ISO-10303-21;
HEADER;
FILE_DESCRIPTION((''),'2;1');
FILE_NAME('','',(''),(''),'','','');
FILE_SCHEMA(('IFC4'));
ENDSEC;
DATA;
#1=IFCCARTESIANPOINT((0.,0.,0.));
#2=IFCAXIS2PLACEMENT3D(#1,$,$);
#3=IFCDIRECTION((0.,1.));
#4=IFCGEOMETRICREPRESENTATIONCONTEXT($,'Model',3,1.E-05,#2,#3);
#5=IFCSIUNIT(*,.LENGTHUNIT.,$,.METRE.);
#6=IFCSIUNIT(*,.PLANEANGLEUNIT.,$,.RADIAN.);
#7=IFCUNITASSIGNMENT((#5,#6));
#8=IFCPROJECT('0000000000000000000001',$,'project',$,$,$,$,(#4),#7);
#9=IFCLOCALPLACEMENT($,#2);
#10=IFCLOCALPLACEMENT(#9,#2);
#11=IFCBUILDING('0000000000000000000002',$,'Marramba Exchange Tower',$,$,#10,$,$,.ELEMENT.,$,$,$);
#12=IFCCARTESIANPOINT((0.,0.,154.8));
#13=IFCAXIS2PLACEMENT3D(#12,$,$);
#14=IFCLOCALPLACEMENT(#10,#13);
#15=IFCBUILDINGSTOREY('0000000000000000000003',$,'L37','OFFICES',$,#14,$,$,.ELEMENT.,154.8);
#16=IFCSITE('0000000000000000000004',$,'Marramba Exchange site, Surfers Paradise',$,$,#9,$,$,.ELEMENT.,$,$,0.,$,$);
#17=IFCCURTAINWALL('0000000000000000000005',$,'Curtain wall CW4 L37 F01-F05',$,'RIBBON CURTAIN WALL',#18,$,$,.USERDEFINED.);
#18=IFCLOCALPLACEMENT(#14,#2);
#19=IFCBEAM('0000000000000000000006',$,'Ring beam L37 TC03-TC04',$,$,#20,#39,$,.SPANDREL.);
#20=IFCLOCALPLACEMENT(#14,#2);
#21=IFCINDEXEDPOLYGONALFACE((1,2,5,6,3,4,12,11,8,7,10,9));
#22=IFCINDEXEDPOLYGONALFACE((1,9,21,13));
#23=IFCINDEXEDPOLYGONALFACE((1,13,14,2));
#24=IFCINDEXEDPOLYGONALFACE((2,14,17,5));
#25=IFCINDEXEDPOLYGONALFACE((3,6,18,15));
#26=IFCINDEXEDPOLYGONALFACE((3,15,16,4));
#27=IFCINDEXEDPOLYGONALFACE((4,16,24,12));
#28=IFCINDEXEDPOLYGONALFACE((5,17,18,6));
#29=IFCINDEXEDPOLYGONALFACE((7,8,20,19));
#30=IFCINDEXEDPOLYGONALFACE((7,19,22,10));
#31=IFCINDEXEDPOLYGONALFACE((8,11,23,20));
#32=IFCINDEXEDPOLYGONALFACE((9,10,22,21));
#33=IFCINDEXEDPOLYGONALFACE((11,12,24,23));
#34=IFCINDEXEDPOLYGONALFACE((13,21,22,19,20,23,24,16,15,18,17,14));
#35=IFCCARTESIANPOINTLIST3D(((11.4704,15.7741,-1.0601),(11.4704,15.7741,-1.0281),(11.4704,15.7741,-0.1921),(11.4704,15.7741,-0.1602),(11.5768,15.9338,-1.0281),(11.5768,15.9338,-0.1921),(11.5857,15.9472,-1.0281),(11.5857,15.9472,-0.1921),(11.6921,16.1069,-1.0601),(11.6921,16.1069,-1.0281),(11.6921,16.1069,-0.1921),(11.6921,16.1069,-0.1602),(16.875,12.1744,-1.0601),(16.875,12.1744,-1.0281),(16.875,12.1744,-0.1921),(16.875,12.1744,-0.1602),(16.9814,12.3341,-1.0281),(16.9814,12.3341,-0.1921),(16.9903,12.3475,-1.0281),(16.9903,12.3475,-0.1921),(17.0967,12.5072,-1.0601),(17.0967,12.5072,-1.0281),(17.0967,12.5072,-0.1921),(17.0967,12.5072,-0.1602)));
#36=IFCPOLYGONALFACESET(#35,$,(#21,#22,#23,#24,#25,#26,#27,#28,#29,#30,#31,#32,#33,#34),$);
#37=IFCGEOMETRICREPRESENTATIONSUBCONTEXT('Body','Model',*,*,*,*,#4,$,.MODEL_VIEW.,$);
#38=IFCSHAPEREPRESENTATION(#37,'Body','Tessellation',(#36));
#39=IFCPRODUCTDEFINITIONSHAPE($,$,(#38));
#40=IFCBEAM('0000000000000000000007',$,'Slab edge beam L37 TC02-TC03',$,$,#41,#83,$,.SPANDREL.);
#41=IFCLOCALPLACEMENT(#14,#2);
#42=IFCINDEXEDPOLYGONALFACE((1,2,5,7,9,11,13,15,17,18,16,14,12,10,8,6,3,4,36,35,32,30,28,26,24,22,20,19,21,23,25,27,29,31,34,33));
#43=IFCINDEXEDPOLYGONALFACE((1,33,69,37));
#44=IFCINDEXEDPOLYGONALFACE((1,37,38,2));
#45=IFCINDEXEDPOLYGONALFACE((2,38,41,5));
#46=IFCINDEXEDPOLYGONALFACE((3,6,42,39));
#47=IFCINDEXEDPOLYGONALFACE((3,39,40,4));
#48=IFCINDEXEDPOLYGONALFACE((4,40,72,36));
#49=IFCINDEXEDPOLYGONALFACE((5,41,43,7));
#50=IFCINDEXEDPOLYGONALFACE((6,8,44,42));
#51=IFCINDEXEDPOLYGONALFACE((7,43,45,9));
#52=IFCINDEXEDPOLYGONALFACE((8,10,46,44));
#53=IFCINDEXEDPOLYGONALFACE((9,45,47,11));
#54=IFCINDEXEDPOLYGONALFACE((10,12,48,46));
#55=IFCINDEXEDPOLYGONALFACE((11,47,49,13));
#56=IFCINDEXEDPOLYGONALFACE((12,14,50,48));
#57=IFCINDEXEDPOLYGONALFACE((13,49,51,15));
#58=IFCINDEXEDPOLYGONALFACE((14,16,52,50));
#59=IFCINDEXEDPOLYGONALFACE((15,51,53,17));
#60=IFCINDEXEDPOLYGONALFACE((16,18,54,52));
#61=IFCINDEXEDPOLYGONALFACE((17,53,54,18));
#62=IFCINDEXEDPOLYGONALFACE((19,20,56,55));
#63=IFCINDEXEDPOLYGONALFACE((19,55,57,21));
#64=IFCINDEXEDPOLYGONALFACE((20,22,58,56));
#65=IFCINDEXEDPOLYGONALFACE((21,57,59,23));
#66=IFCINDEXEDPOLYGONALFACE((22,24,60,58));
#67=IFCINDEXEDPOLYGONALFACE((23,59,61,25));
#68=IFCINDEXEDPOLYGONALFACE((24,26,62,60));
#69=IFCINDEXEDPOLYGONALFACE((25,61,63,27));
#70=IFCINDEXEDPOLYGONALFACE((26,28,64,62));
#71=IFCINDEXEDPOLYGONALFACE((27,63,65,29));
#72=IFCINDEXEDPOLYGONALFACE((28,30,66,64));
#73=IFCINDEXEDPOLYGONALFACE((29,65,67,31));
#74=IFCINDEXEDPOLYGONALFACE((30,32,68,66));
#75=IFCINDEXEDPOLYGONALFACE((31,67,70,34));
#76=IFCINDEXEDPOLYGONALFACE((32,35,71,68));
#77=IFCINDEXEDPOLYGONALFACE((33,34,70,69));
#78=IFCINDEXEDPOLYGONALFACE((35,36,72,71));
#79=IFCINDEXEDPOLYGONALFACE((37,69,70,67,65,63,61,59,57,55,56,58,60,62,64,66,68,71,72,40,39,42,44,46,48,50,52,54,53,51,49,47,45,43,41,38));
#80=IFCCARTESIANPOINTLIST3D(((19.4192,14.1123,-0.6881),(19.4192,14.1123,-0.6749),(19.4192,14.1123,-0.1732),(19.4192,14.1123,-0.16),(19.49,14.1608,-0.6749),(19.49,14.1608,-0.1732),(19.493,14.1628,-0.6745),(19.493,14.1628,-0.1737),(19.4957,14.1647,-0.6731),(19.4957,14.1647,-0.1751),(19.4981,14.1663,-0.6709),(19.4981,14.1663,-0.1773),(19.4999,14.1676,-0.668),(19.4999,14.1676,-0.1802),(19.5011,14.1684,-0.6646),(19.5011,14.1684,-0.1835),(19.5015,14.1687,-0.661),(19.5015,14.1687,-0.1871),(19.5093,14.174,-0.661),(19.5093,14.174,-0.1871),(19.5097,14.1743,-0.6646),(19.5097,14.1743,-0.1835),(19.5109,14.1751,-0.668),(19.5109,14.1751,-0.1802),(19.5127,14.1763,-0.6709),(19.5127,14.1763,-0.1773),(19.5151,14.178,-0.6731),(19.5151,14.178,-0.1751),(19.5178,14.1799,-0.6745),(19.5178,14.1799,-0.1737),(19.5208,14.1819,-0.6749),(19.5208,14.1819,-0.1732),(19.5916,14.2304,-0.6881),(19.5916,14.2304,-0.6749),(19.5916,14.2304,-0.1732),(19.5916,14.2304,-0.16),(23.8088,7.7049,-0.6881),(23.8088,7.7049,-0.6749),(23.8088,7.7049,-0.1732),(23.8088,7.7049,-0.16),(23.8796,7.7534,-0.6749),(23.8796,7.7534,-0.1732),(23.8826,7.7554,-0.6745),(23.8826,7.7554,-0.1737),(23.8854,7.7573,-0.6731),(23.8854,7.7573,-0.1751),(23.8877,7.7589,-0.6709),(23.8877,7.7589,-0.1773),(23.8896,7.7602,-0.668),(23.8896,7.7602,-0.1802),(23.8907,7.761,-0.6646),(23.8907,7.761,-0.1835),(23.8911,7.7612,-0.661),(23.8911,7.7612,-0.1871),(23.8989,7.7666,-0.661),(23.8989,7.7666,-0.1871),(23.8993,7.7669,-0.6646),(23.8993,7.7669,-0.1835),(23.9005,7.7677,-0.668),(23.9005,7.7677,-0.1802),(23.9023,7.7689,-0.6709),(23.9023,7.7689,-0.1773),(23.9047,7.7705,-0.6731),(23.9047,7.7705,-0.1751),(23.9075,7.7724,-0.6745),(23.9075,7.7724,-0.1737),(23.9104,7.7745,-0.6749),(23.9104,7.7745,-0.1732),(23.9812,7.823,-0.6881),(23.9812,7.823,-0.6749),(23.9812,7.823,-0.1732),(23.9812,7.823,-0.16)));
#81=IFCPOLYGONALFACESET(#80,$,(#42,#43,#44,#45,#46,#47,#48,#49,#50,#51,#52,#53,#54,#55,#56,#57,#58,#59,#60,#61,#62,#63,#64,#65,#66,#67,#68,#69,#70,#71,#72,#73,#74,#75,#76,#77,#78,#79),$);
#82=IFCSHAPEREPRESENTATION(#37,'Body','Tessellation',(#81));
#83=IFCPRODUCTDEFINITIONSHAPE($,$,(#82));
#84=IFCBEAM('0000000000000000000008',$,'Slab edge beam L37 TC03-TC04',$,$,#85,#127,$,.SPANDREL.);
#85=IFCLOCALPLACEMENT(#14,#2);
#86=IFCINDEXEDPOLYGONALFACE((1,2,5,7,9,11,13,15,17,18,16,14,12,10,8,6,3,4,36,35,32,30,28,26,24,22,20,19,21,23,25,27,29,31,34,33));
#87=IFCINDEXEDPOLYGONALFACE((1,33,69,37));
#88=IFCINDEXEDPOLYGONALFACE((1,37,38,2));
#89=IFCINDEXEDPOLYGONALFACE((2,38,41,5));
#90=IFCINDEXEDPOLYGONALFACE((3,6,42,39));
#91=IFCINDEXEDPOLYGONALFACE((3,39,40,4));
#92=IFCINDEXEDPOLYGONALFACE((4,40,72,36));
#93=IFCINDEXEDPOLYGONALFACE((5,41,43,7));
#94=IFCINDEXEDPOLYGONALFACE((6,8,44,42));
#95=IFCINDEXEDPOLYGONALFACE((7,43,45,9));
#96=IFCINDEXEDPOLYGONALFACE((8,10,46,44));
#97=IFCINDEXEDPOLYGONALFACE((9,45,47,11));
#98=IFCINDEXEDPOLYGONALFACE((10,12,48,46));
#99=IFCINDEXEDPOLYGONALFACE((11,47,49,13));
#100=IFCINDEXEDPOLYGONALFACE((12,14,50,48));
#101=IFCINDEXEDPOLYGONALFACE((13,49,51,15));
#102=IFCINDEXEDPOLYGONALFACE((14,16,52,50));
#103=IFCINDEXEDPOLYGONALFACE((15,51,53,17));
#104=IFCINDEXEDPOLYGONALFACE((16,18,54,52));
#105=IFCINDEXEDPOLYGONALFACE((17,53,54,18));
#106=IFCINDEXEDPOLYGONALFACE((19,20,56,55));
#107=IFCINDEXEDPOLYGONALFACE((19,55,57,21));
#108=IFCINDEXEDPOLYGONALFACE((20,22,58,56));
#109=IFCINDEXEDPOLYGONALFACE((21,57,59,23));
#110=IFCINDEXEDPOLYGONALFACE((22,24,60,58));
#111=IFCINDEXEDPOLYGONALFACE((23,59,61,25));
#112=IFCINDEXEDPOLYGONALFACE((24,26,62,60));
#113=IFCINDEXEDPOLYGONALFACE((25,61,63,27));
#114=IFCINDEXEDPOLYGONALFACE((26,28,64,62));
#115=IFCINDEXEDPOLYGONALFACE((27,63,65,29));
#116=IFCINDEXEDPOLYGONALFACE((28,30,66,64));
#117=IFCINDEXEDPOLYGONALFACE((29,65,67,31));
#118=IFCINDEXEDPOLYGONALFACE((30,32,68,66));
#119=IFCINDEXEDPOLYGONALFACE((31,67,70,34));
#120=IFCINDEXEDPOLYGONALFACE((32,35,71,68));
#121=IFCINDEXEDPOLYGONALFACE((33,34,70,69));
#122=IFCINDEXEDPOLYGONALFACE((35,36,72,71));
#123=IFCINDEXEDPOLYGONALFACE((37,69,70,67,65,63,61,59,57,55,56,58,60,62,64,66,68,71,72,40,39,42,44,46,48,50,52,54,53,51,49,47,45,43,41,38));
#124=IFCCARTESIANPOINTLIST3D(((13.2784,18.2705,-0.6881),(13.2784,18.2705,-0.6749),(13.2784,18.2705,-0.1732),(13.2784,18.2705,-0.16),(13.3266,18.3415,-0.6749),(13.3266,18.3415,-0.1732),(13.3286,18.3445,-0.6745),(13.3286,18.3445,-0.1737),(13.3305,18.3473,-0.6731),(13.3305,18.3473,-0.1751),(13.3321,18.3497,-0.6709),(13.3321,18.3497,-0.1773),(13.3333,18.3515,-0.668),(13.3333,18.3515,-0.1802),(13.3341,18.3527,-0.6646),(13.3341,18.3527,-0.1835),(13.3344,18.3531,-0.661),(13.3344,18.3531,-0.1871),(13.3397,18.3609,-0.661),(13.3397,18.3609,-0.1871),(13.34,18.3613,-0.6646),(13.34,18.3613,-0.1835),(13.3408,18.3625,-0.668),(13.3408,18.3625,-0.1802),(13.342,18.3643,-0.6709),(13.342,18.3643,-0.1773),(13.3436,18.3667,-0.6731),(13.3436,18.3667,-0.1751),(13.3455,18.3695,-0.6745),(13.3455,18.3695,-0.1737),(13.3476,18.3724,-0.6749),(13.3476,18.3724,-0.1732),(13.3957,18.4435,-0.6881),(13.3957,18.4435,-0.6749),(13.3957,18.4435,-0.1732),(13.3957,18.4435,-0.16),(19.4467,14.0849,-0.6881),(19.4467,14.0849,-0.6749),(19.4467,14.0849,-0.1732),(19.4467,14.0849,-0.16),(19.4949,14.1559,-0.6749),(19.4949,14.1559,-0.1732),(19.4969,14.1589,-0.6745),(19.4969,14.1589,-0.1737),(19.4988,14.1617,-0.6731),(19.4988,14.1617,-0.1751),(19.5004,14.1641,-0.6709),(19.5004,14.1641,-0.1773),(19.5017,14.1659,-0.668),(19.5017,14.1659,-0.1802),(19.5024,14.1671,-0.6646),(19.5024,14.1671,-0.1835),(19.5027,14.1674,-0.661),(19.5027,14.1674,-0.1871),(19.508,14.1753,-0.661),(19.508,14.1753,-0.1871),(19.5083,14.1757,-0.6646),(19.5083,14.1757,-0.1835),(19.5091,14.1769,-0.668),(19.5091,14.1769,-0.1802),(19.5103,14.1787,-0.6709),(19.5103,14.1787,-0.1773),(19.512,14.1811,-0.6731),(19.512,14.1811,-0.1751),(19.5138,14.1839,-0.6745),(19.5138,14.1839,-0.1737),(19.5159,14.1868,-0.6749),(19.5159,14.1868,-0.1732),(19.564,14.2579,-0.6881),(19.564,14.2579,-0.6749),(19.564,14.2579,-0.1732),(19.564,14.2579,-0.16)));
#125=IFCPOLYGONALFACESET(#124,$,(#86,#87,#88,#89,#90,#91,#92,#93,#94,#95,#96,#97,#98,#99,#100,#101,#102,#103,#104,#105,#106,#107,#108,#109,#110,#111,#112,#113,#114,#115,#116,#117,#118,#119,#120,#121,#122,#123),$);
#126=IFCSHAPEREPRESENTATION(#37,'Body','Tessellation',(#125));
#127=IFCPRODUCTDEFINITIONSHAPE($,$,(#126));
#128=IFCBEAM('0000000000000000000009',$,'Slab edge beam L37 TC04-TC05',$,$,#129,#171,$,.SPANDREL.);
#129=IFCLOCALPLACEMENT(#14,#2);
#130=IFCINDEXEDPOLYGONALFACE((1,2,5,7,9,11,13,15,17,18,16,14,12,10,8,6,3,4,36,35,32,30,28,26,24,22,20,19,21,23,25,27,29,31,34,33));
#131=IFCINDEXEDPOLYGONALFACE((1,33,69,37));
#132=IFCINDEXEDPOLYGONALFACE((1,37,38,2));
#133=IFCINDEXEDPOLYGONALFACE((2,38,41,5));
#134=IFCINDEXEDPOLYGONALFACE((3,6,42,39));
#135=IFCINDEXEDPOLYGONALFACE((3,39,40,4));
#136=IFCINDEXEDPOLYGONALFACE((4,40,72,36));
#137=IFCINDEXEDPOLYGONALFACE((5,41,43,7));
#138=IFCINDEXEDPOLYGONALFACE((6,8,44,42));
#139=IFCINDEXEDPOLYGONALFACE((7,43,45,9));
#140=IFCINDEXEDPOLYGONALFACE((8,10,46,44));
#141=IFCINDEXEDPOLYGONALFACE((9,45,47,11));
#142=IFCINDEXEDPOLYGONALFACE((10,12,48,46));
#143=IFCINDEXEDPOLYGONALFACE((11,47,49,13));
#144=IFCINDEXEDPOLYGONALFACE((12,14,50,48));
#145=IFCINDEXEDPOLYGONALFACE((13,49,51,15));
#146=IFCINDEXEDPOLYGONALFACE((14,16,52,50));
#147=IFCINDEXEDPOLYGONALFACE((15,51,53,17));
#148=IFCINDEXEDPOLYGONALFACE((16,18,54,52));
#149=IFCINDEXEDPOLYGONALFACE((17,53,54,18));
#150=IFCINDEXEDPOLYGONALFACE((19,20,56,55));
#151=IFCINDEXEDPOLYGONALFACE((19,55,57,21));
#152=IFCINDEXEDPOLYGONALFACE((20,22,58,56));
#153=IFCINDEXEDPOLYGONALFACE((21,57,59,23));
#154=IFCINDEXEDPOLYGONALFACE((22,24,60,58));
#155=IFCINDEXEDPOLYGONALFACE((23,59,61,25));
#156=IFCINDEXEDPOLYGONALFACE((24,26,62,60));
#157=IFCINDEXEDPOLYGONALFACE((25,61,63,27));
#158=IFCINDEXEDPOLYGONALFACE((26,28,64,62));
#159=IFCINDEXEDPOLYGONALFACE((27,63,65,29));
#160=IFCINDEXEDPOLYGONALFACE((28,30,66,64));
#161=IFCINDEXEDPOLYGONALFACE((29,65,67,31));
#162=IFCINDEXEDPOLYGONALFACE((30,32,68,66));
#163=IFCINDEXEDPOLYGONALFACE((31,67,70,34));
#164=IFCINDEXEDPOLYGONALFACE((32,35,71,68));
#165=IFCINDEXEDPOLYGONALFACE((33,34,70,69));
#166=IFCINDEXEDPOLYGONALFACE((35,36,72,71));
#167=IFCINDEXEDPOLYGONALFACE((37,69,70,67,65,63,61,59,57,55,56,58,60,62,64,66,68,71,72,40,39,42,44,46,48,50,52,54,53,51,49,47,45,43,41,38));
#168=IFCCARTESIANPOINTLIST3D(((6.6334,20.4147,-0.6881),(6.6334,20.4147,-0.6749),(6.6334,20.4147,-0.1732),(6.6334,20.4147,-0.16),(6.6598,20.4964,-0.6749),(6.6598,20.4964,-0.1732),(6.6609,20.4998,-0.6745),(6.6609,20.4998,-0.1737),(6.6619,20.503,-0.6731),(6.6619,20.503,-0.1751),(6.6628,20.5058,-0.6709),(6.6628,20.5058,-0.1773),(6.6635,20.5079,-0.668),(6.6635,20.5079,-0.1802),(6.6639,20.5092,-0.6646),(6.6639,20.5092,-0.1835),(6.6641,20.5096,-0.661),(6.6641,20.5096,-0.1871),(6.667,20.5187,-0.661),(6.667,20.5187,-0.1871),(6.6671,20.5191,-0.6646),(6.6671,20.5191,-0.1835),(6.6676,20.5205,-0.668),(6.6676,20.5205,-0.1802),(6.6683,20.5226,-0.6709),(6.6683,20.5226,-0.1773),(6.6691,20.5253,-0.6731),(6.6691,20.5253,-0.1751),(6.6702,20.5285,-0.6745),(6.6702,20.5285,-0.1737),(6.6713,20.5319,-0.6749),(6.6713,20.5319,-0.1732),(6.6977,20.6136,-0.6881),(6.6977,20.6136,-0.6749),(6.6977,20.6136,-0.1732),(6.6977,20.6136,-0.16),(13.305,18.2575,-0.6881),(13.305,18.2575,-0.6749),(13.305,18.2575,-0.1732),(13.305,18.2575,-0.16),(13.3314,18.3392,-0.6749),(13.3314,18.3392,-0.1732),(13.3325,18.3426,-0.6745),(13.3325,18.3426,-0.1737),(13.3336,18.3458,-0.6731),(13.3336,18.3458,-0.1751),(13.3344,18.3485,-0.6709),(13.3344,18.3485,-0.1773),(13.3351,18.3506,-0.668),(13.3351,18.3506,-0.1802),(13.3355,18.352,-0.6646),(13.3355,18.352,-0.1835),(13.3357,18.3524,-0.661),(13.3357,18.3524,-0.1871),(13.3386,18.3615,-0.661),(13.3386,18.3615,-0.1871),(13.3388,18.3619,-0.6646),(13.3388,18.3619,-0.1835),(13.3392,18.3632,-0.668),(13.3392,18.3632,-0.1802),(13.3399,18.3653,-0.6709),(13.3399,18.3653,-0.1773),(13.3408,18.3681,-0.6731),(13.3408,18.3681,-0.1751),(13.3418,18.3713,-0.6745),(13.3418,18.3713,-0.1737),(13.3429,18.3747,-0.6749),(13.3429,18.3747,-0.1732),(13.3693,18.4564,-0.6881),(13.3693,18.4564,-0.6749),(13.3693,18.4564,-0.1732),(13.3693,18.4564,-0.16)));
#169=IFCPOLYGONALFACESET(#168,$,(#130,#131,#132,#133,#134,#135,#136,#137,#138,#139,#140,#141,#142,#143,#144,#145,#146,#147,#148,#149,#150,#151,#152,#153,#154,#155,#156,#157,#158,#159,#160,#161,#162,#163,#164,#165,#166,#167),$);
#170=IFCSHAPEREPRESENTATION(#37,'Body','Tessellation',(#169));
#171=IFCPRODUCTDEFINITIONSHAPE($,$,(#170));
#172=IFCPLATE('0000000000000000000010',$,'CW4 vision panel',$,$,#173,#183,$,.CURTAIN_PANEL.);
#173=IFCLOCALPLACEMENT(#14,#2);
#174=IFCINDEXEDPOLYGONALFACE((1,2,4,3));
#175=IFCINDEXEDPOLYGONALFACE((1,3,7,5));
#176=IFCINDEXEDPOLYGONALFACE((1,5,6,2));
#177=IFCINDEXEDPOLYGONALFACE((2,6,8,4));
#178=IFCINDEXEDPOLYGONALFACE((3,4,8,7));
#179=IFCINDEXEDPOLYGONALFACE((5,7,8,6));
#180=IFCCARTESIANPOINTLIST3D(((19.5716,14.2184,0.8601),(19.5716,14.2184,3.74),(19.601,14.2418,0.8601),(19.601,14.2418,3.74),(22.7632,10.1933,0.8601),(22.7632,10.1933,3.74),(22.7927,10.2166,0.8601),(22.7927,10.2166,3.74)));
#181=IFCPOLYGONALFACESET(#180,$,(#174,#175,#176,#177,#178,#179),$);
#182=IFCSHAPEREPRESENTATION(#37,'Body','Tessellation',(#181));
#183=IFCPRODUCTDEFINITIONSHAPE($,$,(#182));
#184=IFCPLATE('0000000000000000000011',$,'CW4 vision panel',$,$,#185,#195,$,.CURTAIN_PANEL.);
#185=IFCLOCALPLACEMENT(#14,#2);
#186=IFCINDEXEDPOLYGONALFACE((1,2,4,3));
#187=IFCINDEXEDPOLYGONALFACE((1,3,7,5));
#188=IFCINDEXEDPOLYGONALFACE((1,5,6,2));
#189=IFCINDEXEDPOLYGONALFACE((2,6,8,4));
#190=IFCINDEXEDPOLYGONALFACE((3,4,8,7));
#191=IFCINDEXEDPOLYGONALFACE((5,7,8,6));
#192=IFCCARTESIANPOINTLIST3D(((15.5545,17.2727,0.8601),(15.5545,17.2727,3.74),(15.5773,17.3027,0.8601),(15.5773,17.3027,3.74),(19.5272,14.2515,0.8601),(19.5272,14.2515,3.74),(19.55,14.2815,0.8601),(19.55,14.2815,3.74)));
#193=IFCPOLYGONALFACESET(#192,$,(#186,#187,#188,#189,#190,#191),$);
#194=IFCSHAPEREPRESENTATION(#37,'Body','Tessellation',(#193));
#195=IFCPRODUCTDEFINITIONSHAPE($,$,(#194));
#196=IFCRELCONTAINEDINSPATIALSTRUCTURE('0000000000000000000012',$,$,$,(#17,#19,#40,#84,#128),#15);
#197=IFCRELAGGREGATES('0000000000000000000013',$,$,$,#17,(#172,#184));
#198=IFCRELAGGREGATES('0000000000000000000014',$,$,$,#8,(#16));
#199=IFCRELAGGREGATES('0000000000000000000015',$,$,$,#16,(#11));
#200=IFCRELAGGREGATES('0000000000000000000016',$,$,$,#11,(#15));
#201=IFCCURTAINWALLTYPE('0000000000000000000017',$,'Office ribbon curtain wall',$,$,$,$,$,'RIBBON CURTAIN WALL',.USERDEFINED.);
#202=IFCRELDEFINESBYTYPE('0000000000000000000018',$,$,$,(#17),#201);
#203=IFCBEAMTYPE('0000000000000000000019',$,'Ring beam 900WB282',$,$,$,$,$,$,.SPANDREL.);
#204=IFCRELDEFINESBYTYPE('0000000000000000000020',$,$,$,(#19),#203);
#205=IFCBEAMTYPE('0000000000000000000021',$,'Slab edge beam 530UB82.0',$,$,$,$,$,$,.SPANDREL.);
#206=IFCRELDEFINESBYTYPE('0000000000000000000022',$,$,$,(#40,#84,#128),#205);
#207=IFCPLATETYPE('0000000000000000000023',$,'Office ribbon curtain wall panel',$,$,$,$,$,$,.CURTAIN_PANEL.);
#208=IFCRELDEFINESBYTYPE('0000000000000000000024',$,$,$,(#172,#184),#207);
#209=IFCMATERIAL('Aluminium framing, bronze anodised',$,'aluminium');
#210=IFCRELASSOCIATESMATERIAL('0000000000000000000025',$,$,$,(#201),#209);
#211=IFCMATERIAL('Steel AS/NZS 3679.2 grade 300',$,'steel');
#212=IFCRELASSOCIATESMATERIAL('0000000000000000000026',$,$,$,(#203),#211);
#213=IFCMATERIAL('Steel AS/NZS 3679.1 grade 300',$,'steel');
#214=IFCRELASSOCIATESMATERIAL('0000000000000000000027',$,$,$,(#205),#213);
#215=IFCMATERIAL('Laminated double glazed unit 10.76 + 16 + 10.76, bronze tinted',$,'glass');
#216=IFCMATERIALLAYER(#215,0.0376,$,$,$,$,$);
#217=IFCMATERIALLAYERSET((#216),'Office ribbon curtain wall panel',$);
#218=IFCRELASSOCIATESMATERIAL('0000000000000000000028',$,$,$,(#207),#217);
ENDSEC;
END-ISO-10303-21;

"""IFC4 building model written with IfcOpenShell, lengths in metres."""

from ifc_helpers import new_model, si_unit, direction, frame, origin, origin_2d, place, context, subcontext, project, spatial, rectangle, i_section, extrude, material, layer, layer_set, material_profile, profile_set, type_object, element, aggregate, save


model = new_model("IFC4")

# Units and contexts
model_context = context("Model", 3, precision=1e-05, world=origin(), true_north=direction((0.0, 1.0)))
body_context = subcontext(model_context, "Body", "Model", "MODEL_VIEW")
ifc_project = project(units=[si_unit("LENGTHUNIT", "METRE"), si_unit("PLANEANGLEUNIT", "RADIAN")], contexts=[model_context])

# Site, building, storey
site_placement = place(None, origin())
site = spatial("IfcSite", under=ifc_project, at=site_placement, Name="Marramba Exchange site, Surfers Paradise", CompositionType="ELEMENT", RefElevation=0.0)
building_placement = place(site_placement, origin())
building = spatial("IfcBuilding", under=site, at=building_placement, Name="Marramba Exchange Tower", CompositionType="ELEMENT")
storey_placement = place(building_placement, frame((0.0, 0.0, 154.8)))
storey = spatial("IfcBuildingStorey", under=building, at=storey_placement, Name="L37", Description="OFFICES", CompositionType="ELEMENT", Elevation=154.8)

# Shared definitions
ifc_material_1 = material(Name="Steel AS/NZS 3679.2 grade 300", Category="steel")
ifc_material_2 = material(Name="Steel AS/NZS 3679.1 grade 300", Category="steel")

# Curtain wall
ifc_material_3 = material(Name="Aluminium framing, bronze anodised", Category="aluminium")
curtain_wall_type = type_object("IfcCurtainWallType", Name="Office ribbon curtain wall", ElementType="RIBBON CURTAIN WALL", PredefinedType="USERDEFINED", material=ifc_material_3)
curtain_wall_placement = place(storey_placement, origin())
curtain_wall = element("IfcCurtainWall", 1, at=curtain_wall_placement, inside=storey, type_object=curtain_wall_type, Name="Curtain wall CW4 L37 F01-F05", ObjectType="RIBBON CURTAIN WALL", PredefinedType="USERDEFINED")

# Beams
ifc_material_profile_1 = material_profile(ifc_material_1, i_section(OverallWidth=0.3999, OverallDepth=0.8999, WebThickness=0.0161, FlangeThickness=0.032, at=origin_2d()), Name="900WB282")
ifc_profile_set_1 = profile_set([ifc_material_profile_1], Name="Steel AS/NZS 3679.2 grade 300")
beam_type_1 = type_object("IfcBeamType", Name="Ring beam 900WB282", PredefinedType="SPANDREL", material=ifc_profile_set_1)
beam_1_placement = place(storey_placement, frame((16.9858, 12.3408, -0.6101), z_axis=(-0.832293, 0.554336, 0.0), x_axis=(-0.554336, -0.832293, 0.0)))
element("IfcBeam", 2, at=beam_1_placement, inside=storey, type_object=beam_type_1, Name="Ring beam L37 TC03-TC04", PredefinedType="SPANDREL", context=body_context, shape_type="SweptSolid", body=[
    extrude(i_section(OverallWidth=0.3999, OverallDepth=0.8999, WebThickness=0.0161, FlangeThickness=0.032, at=origin_2d()), origin(), (0.0, 0.0, 1.0), 6.4937),
])
ifc_material_profile_2 = material_profile(ifc_material_2, i_section(OverallWidth=0.209, OverallDepth=0.5281, WebThickness=0.0095, FlangeThickness=0.0132, FilletRadius=0.0139, at=origin_2d()), Name="530UB82.0")
ifc_profile_set_2 = profile_set([ifc_material_profile_2], Name="Steel AS/NZS 3679.1 grade 300")
beam_type_2 = type_object("IfcBeamType", Name="Slab edge beam 530UB82.0", PredefinedType="SPANDREL", material=ifc_profile_set_2)
beam_2_placement = place(storey_placement, frame((23.895, 7.7639, -0.4241), z_axis=(-0.565174, 0.824972, 0.0), x_axis=(-0.824972, -0.565174, 0.0)))
element("IfcBeam", 3, at=beam_2_placement, inside=storey, type_object=beam_type_2, Name="Slab edge beam L37 TC02-TC03", PredefinedType="SPANDREL", context=body_context, shape_type="SweptSolid", body=[
    extrude(i_section(OverallWidth=0.209, OverallDepth=0.5281, WebThickness=0.0095, FlangeThickness=0.0132, FilletRadius=0.0139, at=origin_2d()), origin(), (0.0, 0.0, 1.0), 7.7668),
])
beam_3_placement = place(storey_placement, frame((19.5054, 14.1714, -0.4241), z_axis=(-0.827477, 0.561499, 0.0), x_axis=(-0.561499, -0.827477, 0.0)))
element("IfcBeam", 4, at=beam_3_placement, inside=storey, type_object=beam_type_2, Name="Slab edge beam L37 TC03-TC04", PredefinedType="SPANDREL", context=body_context, shape_type="SweptSolid", body=[
    extrude(i_section(OverallWidth=0.209, OverallDepth=0.5281, WebThickness=0.0095, FlangeThickness=0.0132, FilletRadius=0.0139, at=origin_2d()), origin(), (0.0, 0.0, 1.0), 7.4543),
])
beam_4_placement = place(storey_placement, frame((13.3372, 18.3569, -0.4241), z_axis=(-0.951496, 0.30766, 0.0), x_axis=(-0.30766, -0.951496, 0.0)))
element("IfcBeam", 5, at=beam_4_placement, inside=storey, type_object=beam_type_2, Name="Slab edge beam L37 TC04-TC05", PredefinedType="SPANDREL", context=body_context, shape_type="SweptSolid", body=[
    extrude(i_section(OverallWidth=0.209, OverallDepth=0.5281, WebThickness=0.0095, FlangeThickness=0.0132, FilletRadius=0.0139, at=origin_2d()), origin(), (0.0, 0.0, 1.0), 7.0117),
])

# Plates
ifc_material_4 = material(Name="Laminated double glazed unit 10.76 + 16 + 10.76, bronze tinted", Category="glass")
ifc_layer_1 = layer(ifc_material_4, 0.0376)
ifc_layer_set_1 = layer_set([ifc_layer_1], Name="Office ribbon curtain wall panel")
plate_type = type_object("IfcPlateType", Name="Office ribbon curtain wall panel", PredefinedType="CURTAIN_PANEL", material=ifc_layer_set_1)
plate_1_placement = place(storey_placement, frame((21.1821, 12.2175, 0.8601), z_axis=(0.0, 0.0, 1.0), x_axis=(-0.621312, 0.783563, 0.0)))
plate_1 = element("IfcPlate", 6, at=plate_1_placement, type_object=plate_type, Name="CW4 vision panel", PredefinedType="CURTAIN_PANEL", context=body_context, shape_type="SweptSolid", body=[
    extrude(rectangle(XDim=5.137, YDim=0.0376, at=origin_2d()), origin(), (0.0, 0.0, 1.0), 2.8799),
])
plate_2_placement = place(storey_placement, frame((17.5522, 15.7771, 0.8601), z_axis=(0.0, 0.0, 1.0), x_axis=(-0.795972, 0.605334, 0.0)))
plate_2 = element("IfcPlate", 7, at=plate_2_placement, type_object=plate_type, Name="CW4 vision panel", PredefinedType="CURTAIN_PANEL", context=body_context, shape_type="SweptSolid", body=[
    extrude(rectangle(XDim=4.991, YDim=0.0376, at=origin_2d()), origin(), (0.0, 0.0, 1.0), 2.8799),
])
aggregate(curtain_wall, [plate_1, plate_2])

save(model, "model.ifc")
